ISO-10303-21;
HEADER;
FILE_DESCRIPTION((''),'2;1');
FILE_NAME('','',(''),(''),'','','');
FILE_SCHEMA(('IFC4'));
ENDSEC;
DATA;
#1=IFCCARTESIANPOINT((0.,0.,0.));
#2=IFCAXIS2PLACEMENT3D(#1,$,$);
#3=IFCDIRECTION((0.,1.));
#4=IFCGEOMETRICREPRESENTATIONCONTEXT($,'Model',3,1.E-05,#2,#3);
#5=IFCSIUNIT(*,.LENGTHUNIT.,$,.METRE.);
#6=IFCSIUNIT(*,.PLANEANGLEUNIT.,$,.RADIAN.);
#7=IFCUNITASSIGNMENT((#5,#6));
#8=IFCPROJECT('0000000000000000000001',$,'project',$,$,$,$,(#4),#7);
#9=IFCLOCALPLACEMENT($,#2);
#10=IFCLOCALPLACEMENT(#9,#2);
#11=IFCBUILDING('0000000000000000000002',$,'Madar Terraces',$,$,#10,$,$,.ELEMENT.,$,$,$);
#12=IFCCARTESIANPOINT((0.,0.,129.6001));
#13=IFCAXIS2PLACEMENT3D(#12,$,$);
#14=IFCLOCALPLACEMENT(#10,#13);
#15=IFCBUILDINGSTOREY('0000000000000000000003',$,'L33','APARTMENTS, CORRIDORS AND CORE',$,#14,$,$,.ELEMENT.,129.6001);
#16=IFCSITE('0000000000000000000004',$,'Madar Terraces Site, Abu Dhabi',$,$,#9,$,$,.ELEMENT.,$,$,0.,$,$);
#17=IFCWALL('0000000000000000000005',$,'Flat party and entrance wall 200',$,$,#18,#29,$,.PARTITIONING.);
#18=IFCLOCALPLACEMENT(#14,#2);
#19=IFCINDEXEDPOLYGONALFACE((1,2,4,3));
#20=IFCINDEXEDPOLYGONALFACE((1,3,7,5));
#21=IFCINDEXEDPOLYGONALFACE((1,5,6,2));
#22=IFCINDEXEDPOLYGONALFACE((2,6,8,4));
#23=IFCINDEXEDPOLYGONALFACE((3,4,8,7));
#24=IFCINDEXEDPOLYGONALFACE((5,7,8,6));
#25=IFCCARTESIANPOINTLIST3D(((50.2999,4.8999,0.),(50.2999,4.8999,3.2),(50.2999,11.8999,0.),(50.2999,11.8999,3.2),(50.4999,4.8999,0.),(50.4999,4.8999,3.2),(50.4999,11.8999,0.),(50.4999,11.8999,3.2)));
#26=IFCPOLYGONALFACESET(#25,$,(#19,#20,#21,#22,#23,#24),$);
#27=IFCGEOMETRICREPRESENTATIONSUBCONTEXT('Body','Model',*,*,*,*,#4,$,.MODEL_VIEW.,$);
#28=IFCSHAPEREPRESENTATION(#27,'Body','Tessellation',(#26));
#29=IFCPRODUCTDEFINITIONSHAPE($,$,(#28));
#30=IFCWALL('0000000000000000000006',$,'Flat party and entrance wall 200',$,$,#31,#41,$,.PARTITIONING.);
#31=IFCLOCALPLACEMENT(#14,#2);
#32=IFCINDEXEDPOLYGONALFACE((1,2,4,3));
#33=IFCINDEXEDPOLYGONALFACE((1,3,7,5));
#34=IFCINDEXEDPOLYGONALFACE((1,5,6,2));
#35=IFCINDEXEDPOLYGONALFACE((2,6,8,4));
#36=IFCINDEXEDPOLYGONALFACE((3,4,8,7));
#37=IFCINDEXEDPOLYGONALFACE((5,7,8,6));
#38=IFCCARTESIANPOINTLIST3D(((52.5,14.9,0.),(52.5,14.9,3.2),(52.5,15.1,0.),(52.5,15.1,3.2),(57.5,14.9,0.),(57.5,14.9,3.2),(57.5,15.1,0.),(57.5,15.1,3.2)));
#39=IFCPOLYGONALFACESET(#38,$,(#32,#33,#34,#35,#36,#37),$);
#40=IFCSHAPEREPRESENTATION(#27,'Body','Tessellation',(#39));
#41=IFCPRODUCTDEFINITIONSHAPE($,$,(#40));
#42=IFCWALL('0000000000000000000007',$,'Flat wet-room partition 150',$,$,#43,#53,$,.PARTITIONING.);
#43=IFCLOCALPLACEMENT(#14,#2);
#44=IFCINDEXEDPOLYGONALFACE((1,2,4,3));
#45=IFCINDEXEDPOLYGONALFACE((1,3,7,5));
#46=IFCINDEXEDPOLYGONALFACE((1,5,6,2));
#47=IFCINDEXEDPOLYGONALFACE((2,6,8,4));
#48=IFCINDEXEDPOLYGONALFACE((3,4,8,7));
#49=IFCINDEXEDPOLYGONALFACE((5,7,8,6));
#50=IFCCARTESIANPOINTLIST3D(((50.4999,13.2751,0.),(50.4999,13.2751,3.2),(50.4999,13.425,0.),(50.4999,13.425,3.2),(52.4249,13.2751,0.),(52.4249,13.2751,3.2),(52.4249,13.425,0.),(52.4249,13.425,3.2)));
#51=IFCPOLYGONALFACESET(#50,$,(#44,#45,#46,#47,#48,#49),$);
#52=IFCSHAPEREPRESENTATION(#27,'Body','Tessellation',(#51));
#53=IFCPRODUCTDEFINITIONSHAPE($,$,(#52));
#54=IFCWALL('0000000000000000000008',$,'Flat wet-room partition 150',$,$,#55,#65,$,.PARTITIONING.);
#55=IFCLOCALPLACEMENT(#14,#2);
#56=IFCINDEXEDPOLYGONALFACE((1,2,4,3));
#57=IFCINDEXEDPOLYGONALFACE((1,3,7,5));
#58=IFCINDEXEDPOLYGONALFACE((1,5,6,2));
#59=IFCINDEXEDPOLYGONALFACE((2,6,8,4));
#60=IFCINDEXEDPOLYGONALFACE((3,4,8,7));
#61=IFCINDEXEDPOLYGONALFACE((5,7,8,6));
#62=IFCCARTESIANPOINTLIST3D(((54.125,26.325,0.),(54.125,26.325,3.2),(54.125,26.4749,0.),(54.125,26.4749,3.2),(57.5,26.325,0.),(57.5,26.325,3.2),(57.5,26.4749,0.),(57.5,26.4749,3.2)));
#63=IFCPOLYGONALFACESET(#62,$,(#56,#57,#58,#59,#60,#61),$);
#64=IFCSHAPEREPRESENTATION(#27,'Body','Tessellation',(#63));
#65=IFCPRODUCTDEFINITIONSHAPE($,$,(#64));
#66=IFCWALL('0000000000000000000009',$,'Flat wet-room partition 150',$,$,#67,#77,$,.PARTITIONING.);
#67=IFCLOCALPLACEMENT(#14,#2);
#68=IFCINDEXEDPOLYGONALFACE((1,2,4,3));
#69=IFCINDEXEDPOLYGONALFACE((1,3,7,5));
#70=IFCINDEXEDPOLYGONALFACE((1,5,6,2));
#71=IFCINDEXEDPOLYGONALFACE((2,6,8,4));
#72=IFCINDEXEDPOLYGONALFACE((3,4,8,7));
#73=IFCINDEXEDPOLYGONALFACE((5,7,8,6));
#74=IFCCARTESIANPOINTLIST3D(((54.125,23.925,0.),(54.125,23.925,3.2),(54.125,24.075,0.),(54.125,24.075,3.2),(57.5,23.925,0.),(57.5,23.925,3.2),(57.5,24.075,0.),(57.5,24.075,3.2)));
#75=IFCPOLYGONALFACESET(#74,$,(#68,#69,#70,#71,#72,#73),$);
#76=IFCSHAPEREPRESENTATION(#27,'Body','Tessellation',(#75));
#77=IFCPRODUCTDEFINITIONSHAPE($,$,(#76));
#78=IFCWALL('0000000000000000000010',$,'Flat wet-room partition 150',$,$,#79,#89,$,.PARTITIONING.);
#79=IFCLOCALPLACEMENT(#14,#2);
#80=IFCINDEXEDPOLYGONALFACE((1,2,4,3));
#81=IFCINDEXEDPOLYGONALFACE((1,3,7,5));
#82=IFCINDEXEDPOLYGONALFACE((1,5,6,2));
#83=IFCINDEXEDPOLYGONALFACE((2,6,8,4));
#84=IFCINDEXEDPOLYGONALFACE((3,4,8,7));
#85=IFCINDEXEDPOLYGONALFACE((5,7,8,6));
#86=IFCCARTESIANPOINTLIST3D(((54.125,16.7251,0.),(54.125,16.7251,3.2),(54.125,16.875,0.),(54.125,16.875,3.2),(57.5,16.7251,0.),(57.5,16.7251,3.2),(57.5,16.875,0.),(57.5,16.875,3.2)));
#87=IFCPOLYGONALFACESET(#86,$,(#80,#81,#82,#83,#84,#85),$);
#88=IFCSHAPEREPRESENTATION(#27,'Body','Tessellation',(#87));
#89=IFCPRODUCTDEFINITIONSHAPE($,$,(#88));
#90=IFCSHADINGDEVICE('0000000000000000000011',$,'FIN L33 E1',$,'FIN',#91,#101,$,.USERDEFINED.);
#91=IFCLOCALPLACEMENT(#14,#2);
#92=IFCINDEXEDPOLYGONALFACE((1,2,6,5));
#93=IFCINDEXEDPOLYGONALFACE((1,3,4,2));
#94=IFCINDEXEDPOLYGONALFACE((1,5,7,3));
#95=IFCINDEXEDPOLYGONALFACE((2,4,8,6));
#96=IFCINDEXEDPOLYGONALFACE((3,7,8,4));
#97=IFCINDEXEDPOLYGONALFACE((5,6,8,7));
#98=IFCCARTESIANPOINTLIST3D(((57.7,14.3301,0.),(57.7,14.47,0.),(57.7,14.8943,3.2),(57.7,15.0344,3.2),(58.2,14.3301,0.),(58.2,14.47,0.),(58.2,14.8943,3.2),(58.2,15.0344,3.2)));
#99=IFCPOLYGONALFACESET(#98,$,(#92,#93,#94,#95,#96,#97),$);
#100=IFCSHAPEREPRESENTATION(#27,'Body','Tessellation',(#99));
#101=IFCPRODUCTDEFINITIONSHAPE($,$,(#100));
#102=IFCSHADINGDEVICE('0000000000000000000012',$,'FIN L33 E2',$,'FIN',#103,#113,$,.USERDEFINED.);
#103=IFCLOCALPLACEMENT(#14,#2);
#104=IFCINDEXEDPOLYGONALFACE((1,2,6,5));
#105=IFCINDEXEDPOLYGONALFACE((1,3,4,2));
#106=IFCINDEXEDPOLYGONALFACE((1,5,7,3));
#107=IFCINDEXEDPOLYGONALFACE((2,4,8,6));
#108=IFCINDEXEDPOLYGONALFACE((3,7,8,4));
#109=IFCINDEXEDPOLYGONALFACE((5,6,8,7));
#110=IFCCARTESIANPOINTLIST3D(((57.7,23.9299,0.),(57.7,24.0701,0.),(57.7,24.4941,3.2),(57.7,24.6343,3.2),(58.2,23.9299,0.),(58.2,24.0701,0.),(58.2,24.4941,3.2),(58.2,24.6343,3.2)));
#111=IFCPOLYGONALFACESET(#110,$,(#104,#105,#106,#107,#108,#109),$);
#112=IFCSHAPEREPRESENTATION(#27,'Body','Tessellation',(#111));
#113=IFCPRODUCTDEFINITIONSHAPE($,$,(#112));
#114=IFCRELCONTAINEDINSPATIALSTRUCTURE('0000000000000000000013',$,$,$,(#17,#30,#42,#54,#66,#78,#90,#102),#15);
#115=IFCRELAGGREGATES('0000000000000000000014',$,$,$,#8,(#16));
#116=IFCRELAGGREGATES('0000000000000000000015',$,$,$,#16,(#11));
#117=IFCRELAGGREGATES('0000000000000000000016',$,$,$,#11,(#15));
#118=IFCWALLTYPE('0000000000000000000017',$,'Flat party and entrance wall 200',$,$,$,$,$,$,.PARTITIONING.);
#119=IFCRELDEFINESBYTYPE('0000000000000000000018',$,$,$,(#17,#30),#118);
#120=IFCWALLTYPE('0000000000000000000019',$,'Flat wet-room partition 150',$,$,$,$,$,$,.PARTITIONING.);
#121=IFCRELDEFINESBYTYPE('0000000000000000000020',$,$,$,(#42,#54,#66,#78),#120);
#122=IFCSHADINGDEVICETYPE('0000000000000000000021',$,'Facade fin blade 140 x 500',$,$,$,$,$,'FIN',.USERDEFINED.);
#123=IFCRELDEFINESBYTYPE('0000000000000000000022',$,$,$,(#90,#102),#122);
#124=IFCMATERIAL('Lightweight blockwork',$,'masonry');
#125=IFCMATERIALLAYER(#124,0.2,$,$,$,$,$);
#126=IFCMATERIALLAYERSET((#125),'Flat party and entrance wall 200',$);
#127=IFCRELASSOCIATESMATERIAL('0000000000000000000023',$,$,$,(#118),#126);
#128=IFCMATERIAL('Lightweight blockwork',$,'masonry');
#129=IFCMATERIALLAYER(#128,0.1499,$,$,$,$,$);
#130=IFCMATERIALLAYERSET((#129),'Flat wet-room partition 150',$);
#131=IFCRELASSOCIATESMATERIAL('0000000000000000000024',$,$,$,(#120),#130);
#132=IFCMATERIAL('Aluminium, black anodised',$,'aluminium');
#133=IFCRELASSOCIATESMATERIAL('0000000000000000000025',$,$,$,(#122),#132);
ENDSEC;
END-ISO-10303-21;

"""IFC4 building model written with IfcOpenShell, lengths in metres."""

from ifc_helpers import new_model, si_unit, direction, frame, frame_2d, origin, place, context, subcontext, project, spatial, polyline, rectangle, outline, extrude, material, layer, layer_set, type_object, element, save


model = new_model("IFC4")

# Units and contexts
model_context = context("Model", 3, precision=1e-05, world=origin(), true_north=direction((0.0, 1.0)))
body_context = subcontext(model_context, "Body", "Model", "MODEL_VIEW")
ifc_project = project(units=[si_unit("LENGTHUNIT", "METRE"), si_unit("PLANEANGLEUNIT", "RADIAN")], contexts=[model_context])

# Site, building, storey
site_placement = place(None, origin())
site = spatial("IfcSite", under=ifc_project, at=site_placement, Name="Madar Terraces Site, Abu Dhabi", CompositionType="ELEMENT", RefElevation=0.0)
building_placement = place(site_placement, origin())
building = spatial("IfcBuilding", under=site, at=building_placement, Name="Madar Terraces", CompositionType="ELEMENT")
storey_placement = place(building_placement, frame((0.0, 0.0, 129.6001)))
storey = spatial("IfcBuildingStorey", under=building, at=storey_placement, Name="L33", Description="APARTMENTS, CORRIDORS AND CORE", CompositionType="ELEMENT", Elevation=129.6001)

# Shared definitions
ifc_material_1 = material(Name="Lightweight blockwork", Category="masonry")
ifc_layer_1 = layer(ifc_material_1, 0.2)
ifc_layer_set_1 = layer_set([ifc_layer_1], Name="Flat party and entrance wall 200")
wall_type_1 = type_object("IfcWallType", Name="Flat party and entrance wall 200", PredefinedType="PARTITIONING", material=ifc_layer_set_1)

# Walls
wall_1_placement = place(storey_placement, frame((50.3999, 11.8999, 0.0), z_axis=(0.0, 0.0, 1.0), x_axis=(0.0, -1.0, 0.0)))
element("IfcWall", 1, at=wall_1_placement, inside=storey, type_object=wall_type_1, Name="Flat party and entrance wall 200", PredefinedType="PARTITIONING", context=body_context, shape_type="SweptSolid", body=[
    extrude(rectangle(XDim=7.0, YDim=0.2, at=frame_2d((3.5, 0.0))), origin(), (0.0, 0.0, 1.0), 3.2),
])
wall_2_placement = place(storey_placement, frame((52.5, 15.0, 0.0), z_axis=(0.0, 0.0, 1.0), x_axis=(1.0, 0.0, 0.0)))
element("IfcWall", 2, at=wall_2_placement, inside=storey, type_object=wall_type_1, Name="Flat party and entrance wall 200", PredefinedType="PARTITIONING", context=body_context, shape_type="SweptSolid", body=[
    extrude(rectangle(XDim=5.0, YDim=0.2, at=frame_2d((2.5, 0.0))), origin(), (0.0, 0.0, 1.0), 3.2),
])
ifc_material_2 = material(Name="Lightweight blockwork", Category="masonry")
ifc_layer_2 = layer(ifc_material_2, 0.1499)
ifc_layer_set_2 = layer_set([ifc_layer_2], Name="Flat wet-room partition 150")
wall_type_2 = type_object("IfcWallType", Name="Flat wet-room partition 150", PredefinedType="PARTITIONING", material=ifc_layer_set_2)
wall_3_placement = place(storey_placement, frame((50.5, 13.3501, 0.0), z_axis=(0.0, 0.0, 1.0), x_axis=(1.0, 0.0, 0.0)))
element("IfcWall", 3, at=wall_3_placement, inside=storey, type_object=wall_type_2, Name="Flat wet-room partition 150", PredefinedType="PARTITIONING", context=body_context, shape_type="SweptSolid", body=[
    extrude(rectangle(XDim=1.925, YDim=0.1499, at=frame_2d((0.9624, 0.0))), origin(), (0.0, 0.0, 1.0), 3.2),
])
for number, where, z_axis, x_axis, name in (
    (4, (54.125, 26.3999, 0.0), (0.0, 0.0, 1.0), (1.0, 0.0, 0.0), "Flat wet-room partition 150"),
    (5, (54.125, 24.0, 0.0), (0.0, 0.0, 1.0), (1.0, 0.0, 0.0), "Flat wet-room partition 150"),
    (6, (54.125, 16.8, 0.0), (0.0, 0.0, 1.0), (1.0, 0.0, 0.0), "Flat wet-room partition 150"),
):
    element("IfcWall", number, at=place(storey_placement, frame(where, z_axis=z_axis, x_axis=x_axis)), inside=storey, type_object=wall_type_2, Name=name, PredefinedType="PARTITIONING", context=body_context, shape_type="SweptSolid", body=[
        extrude(rectangle(XDim=3.375, YDim=0.1499, at=frame_2d((1.6875, 0.0))), origin(), (0.0, 0.0, 1.0), 3.2),
    ])

# Shading devices
ifc_material_3 = material(Name="Aluminium, black anodised", Category="aluminium")
shading_device_type = type_object("IfcShadingDeviceType", Name="Facade fin blade 140 x 500", ElementType="FIN", PredefinedType="USERDEFINED", material=ifc_material_3)
shading_device_1_placement = place(storey_placement, frame((57.95, 14.3301, 0.0), z_axis=(0.0, 0.0, 1.0), x_axis=(0.0, 1.0, 0.0)))
element("IfcShadingDevice", 7, at=shading_device_1_placement, inside=storey, type_object=shading_device_type, Name="FIN L33 E1", ObjectType="FIN", PredefinedType="USERDEFINED", context=body_context, shape_type="SweptSolid", body=[
    extrude(outline(polyline([(0.0, 0.0), (0.1399, 0.0), (0.7043, 3.2), (0.5642, 3.2), (0.0, 0.0)])), frame((0.0, 0.25, 0.0), z_axis=(0.0, -1.0, 0.0), x_axis=(1.0, 0.0, 0.0)), (0.0, 0.0, 1.0), 0.5),
])
shading_device_2_placement = place(storey_placement, frame((57.95, 23.9299, 0.0), z_axis=(0.0, 0.0, 1.0), x_axis=(0.0, 1.0, 0.0)))
element("IfcShadingDevice", 8, at=shading_device_2_placement, inside=storey, type_object=shading_device_type, Name="FIN L33 E2", ObjectType="FIN", PredefinedType="USERDEFINED", context=body_context, shape_type="SweptSolid", body=[
    extrude(outline(polyline([(0.0, 0.0), (0.1401, 0.0), (0.7043, 3.2), (0.5642, 3.2), (0.0, 0.0)])), frame((0.0, 0.25, 0.0), z_axis=(0.0, -1.0, 0.0), x_axis=(1.0, 0.0, 0.0)), (0.0, 0.0, 1.0), 0.5),
])

save(model, "model.ifc")
